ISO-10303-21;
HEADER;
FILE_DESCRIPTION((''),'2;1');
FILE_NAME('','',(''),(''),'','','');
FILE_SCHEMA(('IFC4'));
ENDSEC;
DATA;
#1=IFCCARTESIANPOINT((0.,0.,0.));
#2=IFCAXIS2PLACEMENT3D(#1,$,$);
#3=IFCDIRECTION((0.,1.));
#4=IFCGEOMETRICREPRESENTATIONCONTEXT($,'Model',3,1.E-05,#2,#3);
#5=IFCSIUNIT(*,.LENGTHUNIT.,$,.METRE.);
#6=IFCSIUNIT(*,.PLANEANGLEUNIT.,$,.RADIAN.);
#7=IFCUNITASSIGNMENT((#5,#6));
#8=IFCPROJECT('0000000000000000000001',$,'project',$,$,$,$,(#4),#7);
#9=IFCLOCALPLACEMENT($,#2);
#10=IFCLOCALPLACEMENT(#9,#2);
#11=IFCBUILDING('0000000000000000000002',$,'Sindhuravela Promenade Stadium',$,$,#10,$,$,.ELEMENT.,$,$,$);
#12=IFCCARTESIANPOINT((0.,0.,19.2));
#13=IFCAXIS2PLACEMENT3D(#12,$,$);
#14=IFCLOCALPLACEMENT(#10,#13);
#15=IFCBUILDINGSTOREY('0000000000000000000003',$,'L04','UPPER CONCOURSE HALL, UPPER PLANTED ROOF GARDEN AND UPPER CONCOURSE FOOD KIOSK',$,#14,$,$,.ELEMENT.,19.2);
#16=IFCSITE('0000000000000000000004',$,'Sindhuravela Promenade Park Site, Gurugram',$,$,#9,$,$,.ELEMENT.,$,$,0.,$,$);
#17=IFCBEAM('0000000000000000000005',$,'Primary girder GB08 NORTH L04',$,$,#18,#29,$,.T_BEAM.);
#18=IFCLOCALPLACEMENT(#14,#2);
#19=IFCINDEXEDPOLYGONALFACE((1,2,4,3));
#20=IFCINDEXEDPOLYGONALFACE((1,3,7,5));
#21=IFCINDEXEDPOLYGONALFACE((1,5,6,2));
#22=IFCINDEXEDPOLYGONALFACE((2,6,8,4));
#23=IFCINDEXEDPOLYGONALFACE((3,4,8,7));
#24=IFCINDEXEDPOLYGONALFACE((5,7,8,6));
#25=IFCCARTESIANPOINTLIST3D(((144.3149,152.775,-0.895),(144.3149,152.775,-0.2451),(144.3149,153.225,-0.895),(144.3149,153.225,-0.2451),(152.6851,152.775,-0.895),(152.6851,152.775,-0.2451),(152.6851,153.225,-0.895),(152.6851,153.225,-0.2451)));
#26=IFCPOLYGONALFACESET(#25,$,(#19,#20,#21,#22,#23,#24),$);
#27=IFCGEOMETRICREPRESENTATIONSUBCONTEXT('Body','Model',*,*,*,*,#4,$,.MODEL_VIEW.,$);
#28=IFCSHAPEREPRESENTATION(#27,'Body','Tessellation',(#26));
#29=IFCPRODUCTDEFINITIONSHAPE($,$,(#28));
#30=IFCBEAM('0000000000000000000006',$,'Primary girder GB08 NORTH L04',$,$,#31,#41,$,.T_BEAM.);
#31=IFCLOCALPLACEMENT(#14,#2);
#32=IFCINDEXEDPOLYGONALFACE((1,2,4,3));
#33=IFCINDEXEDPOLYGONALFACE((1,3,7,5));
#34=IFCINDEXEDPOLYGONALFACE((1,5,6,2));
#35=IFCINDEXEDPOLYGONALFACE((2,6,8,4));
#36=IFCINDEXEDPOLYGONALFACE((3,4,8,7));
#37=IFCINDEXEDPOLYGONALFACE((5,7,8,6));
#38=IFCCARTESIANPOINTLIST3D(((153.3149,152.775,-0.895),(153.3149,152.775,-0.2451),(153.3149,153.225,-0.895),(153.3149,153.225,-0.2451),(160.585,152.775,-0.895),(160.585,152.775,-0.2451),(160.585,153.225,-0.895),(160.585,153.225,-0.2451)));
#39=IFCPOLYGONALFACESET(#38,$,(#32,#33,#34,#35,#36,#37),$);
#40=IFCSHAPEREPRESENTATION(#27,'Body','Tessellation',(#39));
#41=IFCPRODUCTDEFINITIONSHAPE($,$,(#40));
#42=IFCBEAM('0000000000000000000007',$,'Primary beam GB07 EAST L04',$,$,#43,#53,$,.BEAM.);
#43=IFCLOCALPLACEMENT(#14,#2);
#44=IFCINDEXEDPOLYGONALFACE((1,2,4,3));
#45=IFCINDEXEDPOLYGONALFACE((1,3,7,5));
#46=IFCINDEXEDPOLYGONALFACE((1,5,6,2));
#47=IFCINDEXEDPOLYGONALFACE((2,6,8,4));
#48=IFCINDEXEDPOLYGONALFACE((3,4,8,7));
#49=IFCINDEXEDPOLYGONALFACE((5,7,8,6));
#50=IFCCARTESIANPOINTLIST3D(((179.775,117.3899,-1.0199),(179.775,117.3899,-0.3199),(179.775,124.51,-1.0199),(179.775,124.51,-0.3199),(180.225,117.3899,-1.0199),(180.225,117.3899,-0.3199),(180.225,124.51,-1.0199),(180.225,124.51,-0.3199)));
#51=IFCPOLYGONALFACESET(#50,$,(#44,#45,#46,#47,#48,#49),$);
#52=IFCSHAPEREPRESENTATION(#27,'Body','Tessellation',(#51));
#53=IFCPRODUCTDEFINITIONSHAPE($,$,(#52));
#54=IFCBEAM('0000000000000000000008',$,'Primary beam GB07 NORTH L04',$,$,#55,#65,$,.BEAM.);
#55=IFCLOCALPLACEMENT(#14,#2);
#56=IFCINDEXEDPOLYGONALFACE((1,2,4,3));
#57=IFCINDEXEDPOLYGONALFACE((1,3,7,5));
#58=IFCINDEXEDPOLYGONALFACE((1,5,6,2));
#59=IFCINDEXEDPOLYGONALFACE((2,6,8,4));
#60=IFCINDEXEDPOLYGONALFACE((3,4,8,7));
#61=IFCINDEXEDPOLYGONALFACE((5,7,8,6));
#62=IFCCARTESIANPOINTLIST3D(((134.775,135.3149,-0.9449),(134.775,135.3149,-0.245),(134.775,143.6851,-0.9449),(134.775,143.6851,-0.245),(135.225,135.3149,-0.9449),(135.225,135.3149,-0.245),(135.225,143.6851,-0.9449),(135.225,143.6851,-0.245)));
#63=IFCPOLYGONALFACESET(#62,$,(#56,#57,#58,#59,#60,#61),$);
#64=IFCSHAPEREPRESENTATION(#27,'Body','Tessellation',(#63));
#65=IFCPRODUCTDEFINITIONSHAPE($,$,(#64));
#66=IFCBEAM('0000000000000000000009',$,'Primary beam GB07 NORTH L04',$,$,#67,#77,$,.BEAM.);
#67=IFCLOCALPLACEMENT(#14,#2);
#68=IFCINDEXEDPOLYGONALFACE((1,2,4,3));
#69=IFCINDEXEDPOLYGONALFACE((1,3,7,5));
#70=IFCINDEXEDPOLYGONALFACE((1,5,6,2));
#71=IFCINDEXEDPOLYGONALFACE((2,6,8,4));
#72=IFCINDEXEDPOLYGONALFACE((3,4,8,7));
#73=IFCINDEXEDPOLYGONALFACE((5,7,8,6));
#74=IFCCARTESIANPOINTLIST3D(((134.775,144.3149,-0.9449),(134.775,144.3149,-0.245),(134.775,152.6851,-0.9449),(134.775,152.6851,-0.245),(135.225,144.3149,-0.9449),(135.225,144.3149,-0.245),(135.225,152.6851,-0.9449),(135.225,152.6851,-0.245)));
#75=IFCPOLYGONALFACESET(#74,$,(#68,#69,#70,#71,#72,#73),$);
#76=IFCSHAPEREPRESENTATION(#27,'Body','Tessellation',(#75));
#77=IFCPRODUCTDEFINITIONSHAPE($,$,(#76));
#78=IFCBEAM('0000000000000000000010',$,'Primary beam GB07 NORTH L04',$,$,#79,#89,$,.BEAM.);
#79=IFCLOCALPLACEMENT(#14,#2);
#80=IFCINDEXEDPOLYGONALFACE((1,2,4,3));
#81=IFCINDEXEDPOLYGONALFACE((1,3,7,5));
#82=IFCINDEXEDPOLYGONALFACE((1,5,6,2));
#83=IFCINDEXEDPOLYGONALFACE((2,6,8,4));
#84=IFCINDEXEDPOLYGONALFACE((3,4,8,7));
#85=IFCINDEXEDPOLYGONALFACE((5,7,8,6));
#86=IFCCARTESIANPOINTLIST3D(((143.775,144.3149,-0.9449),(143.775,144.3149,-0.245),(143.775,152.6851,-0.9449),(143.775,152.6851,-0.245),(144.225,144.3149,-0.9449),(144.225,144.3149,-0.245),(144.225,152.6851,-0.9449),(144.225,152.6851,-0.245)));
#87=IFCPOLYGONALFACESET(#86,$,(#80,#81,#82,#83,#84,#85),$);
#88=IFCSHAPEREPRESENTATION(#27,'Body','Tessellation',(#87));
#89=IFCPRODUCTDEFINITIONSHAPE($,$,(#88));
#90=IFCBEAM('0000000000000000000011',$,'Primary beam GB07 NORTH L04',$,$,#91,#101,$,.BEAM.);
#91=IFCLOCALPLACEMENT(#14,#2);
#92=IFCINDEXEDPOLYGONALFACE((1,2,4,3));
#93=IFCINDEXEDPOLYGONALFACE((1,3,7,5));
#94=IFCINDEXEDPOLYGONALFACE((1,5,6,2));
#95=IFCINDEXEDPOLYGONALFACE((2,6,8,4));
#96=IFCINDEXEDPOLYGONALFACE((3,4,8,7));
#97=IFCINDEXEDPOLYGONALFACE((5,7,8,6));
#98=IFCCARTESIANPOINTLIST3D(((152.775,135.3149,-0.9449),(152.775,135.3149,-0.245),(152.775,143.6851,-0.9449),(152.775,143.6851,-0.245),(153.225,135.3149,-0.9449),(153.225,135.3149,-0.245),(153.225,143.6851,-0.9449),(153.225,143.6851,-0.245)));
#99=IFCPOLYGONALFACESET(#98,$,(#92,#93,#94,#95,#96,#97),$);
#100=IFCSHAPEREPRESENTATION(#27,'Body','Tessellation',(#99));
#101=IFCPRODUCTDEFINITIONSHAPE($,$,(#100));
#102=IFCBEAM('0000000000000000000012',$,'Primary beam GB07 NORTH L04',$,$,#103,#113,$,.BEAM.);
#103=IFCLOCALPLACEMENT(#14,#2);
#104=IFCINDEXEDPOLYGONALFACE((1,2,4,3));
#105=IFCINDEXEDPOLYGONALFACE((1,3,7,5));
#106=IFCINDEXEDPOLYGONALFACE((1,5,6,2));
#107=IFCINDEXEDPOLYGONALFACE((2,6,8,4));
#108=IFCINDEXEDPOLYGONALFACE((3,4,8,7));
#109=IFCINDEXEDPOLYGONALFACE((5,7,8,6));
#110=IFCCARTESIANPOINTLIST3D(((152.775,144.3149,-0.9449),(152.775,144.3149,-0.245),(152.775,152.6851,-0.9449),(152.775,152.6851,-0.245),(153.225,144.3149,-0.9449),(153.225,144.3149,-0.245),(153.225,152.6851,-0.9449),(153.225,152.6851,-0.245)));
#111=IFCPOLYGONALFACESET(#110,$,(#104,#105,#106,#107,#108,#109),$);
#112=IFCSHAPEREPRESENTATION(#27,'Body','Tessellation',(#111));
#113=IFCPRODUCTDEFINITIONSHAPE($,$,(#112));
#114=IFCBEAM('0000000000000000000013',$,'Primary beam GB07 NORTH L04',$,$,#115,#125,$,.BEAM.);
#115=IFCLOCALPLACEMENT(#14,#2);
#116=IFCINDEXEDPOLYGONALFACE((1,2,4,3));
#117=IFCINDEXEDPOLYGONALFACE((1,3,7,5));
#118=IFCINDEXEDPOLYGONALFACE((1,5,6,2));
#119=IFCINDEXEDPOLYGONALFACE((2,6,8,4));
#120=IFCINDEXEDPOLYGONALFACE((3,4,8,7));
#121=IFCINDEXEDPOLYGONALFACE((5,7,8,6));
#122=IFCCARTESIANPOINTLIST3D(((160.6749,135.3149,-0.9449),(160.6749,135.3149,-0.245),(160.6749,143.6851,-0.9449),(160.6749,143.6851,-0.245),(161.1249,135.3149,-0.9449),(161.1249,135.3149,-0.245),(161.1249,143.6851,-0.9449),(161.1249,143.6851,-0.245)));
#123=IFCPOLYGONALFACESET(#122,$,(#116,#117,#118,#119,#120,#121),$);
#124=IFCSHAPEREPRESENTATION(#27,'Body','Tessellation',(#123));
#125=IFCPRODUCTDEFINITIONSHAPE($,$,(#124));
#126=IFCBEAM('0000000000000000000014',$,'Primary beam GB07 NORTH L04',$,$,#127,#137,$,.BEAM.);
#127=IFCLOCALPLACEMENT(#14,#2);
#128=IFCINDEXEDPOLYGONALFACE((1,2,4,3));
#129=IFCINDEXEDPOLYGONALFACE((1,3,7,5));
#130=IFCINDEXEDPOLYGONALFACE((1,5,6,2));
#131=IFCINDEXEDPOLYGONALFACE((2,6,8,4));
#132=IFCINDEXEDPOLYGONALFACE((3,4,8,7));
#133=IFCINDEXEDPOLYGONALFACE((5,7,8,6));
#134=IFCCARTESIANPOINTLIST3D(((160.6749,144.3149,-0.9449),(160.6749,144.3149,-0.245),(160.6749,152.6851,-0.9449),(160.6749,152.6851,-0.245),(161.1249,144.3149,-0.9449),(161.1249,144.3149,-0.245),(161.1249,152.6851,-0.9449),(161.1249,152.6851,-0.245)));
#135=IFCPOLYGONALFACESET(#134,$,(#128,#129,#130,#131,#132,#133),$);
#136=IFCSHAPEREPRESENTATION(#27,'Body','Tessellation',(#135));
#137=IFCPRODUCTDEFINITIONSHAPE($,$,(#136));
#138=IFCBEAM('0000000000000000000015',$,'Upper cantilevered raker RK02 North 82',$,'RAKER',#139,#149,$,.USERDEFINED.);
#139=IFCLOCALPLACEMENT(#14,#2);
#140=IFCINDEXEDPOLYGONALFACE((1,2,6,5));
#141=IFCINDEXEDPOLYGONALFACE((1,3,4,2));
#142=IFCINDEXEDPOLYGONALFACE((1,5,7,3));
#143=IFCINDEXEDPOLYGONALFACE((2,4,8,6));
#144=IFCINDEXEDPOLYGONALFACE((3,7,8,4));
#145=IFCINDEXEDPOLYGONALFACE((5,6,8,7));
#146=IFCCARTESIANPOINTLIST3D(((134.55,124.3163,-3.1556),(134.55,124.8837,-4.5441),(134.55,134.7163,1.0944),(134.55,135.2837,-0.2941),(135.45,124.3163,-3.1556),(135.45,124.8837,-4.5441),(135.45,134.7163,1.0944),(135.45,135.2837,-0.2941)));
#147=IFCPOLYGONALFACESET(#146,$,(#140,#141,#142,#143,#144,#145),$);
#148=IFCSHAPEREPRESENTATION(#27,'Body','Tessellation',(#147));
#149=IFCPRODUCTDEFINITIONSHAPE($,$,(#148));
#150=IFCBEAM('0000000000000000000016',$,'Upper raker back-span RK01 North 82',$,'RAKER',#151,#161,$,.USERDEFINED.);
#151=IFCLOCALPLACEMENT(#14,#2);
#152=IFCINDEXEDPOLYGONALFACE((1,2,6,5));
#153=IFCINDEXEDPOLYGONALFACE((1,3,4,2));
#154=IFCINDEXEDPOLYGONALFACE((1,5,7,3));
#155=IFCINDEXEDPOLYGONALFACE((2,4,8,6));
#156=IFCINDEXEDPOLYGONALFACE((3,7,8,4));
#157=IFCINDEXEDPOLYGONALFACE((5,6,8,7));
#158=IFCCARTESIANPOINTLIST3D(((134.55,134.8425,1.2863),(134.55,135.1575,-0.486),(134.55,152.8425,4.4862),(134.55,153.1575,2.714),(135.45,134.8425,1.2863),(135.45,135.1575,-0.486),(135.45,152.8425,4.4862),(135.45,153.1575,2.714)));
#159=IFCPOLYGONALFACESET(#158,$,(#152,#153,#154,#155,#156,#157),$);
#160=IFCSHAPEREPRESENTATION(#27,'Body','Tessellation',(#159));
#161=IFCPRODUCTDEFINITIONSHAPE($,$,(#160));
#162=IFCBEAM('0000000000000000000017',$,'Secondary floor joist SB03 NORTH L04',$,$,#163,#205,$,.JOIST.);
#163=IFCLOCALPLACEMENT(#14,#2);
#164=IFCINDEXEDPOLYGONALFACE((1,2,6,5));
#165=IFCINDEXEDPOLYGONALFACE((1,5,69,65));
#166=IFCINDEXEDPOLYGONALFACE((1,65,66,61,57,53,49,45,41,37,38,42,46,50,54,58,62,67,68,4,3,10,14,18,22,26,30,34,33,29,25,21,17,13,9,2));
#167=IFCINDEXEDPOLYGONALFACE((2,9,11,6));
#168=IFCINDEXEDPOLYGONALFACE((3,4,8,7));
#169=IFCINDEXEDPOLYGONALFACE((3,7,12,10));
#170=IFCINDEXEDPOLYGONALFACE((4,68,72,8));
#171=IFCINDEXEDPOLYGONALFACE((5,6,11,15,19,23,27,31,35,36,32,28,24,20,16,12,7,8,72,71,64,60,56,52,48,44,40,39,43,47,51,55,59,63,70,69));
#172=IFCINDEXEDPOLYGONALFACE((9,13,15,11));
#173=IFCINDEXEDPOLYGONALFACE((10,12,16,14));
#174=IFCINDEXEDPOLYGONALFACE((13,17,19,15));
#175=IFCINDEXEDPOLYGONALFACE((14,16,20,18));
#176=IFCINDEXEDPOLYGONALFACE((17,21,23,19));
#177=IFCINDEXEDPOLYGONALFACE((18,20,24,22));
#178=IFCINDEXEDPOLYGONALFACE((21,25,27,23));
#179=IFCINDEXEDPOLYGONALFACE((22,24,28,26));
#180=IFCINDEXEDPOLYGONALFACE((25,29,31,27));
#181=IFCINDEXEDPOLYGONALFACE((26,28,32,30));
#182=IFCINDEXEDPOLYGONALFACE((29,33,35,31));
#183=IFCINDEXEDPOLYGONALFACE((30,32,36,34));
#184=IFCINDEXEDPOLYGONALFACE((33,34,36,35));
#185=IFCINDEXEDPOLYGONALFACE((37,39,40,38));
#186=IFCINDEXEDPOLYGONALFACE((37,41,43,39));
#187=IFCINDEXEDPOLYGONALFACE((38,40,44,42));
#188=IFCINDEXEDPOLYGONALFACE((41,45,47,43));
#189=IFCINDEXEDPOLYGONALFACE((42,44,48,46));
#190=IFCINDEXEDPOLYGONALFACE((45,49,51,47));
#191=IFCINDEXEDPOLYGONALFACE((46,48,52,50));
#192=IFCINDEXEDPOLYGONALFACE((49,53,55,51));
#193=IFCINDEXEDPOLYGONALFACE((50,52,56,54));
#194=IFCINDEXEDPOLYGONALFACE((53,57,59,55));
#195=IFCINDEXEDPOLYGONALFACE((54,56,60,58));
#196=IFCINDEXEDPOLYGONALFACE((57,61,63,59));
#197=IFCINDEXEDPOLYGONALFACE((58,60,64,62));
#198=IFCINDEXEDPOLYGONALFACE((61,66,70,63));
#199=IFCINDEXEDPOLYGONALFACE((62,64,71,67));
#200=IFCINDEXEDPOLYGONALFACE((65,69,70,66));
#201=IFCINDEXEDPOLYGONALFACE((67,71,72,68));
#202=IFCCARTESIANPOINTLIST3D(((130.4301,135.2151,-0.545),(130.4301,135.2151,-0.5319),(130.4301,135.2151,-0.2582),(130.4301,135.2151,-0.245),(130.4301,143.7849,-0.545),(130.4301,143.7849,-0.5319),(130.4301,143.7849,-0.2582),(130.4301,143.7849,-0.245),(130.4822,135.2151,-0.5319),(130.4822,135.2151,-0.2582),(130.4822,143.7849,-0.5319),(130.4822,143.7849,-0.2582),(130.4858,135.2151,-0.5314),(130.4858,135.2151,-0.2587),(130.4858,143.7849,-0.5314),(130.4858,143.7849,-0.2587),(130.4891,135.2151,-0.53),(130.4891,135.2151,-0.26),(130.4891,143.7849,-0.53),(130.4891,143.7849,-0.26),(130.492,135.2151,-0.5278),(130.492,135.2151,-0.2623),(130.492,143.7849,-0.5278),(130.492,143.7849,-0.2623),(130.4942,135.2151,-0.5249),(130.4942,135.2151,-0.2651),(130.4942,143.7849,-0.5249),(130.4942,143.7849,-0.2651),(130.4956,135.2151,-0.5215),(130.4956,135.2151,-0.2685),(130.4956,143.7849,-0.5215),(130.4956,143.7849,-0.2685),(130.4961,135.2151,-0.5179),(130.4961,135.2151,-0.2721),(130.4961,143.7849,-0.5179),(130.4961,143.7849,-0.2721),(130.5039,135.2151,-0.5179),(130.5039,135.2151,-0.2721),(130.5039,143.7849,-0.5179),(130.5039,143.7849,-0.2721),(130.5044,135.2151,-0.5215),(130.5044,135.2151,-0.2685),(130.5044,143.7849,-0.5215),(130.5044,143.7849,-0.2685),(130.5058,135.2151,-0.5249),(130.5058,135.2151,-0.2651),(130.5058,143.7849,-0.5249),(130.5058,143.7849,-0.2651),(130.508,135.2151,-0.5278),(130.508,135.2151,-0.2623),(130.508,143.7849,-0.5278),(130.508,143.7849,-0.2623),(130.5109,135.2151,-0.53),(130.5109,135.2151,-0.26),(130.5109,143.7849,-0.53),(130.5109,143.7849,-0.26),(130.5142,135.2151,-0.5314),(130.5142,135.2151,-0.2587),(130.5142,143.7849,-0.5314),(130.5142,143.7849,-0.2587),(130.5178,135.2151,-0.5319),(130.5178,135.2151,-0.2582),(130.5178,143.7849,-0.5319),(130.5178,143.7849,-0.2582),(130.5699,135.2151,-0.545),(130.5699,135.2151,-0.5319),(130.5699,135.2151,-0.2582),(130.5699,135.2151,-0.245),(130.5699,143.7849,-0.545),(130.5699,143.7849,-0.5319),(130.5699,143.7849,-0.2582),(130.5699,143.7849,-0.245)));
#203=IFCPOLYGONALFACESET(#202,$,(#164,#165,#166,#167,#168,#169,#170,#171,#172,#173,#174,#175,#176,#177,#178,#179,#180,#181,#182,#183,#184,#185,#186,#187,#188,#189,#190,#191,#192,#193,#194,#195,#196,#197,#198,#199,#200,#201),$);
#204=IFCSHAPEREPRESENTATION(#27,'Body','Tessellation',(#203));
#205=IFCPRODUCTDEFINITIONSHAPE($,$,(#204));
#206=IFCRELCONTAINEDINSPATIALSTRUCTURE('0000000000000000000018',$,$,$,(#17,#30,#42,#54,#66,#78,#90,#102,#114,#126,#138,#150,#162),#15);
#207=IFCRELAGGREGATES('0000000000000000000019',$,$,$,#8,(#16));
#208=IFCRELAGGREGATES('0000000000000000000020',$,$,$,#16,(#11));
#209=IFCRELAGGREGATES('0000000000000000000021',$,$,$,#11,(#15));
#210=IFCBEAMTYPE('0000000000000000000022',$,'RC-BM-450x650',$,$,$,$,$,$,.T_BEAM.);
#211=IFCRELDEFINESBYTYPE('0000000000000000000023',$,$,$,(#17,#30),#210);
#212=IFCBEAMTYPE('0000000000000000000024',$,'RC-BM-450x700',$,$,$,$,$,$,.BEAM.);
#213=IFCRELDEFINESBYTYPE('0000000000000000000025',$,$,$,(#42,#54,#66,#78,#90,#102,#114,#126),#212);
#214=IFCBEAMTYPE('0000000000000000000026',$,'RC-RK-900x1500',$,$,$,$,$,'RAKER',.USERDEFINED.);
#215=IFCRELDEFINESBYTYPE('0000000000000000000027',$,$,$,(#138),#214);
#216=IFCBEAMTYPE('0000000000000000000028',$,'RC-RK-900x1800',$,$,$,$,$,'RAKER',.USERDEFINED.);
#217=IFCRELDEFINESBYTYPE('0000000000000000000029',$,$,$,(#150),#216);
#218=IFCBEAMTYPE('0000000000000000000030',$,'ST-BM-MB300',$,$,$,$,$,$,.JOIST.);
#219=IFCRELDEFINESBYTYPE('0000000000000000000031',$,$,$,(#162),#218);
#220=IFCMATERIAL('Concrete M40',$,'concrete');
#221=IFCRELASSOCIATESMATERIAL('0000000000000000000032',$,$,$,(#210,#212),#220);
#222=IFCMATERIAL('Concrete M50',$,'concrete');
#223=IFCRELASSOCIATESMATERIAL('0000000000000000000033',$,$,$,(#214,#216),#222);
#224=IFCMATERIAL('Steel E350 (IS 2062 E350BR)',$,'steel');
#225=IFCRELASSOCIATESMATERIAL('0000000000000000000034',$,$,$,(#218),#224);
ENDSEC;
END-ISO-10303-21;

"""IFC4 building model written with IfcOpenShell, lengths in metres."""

from ifc_helpers import new_model, si_unit, direction, frame, origin, origin_2d, place, context, subcontext, project, spatial, rectangle, i_section, extrude, material, material_profile, profile_set, type_object, element, save


model = new_model("IFC4")

# Units and contexts
model_context = context("Model", 3, precision=1e-05, world=origin(), true_north=direction((0.0, 1.0)))
body_context = subcontext(model_context, "Body", "Model", "MODEL_VIEW")
ifc_project = project(units=[si_unit("LENGTHUNIT", "METRE"), si_unit("PLANEANGLEUNIT", "RADIAN")], contexts=[model_context])

# Site, building, storey
site_placement = place(None, origin())
site = spatial("IfcSite", under=ifc_project, at=site_placement, Name="Sindhuravela Promenade Park Site, Gurugram", CompositionType="ELEMENT", RefElevation=0.0)
building_placement = place(site_placement, origin())
building = spatial("IfcBuilding", under=site, at=building_placement, Name="Sindhuravela Promenade Stadium", CompositionType="ELEMENT")
storey_placement = place(building_placement, frame((0.0, 0.0, 19.2)))
storey = spatial("IfcBuildingStorey", under=building, at=storey_placement, Name="L04", Description="UPPER CONCOURSE HALL, UPPER PLANTED ROOF GARDEN AND UPPER CONCOURSE FOOD KIOSK", CompositionType="ELEMENT", Elevation=19.2)

# Shared definitions
ifc_material_1 = material(Name="Concrete M40", Category="concrete")
ifc_material_2 = material(Name="Steel E350 (IS 2062 E350BR)", Category="steel")

# Beams
ifc_material_profile_1 = material_profile(ifc_material_1, rectangle(XDim=0.45, YDim=0.6499, at=origin_2d()), Name="RC 450x650")
ifc_profile_set_1 = profile_set([ifc_material_profile_1], Name="Concrete M40")
beam_type_1 = type_object("IfcBeamType", Name="RC-BM-450x650", PredefinedType="T_BEAM", material=ifc_profile_set_1)
for number, where, z_axis, x_axis, name in (
    (1, (144.3149, 153.0, -0.5701), (1.0, 0.0, 0.0), (0.0, 1.0, 0.0), "Primary girder GB08 NORTH L04"),
):
    element("IfcBeam", number, at=place(storey_placement, frame(where, z_axis=z_axis, x_axis=x_axis)), inside=storey, type_object=beam_type_1, Name=name, PredefinedType="T_BEAM", context=body_context, shape_type="SweptSolid", body=[
        extrude(rectangle(XDim=0.45, YDim=0.6499, at=origin_2d()), origin(), (0.0, 0.0, 1.0), 8.3701),
    ])
beam_1_placement = place(storey_placement, frame((153.3149, 153.0, -0.5701), z_axis=(1.0, 0.0, 0.0), x_axis=(0.0, 1.0, 0.0)))
element("IfcBeam", 2, at=beam_1_placement, inside=storey, type_object=beam_type_1, Name="Primary girder GB08 NORTH L04", PredefinedType="T_BEAM", context=body_context, shape_type="SweptSolid", body=[
    extrude(rectangle(XDim=0.45, YDim=0.6499, at=origin_2d()), origin(), (0.0, 0.0, 1.0), 7.27),
])
ifc_material_profile_2 = material_profile(ifc_material_1, rectangle(XDim=0.45, YDim=0.7, at=origin_2d()), Name="RC 450x700")
ifc_profile_set_2 = profile_set([ifc_material_profile_2], Name="Concrete M40")
beam_type_2 = type_object("IfcBeamType", Name="RC-BM-450x700", PredefinedType="BEAM", material=ifc_profile_set_2)
beam_2_placement = place(storey_placement, frame((180.0, 117.3899, -0.6699), z_axis=(0.0, 1.0, 0.0), x_axis=(-1.0, 0.0, 0.0)))
element("IfcBeam", 3, at=beam_2_placement, inside=storey, type_object=beam_type_2, Name="Primary beam GB07 EAST L04", PredefinedType="BEAM", context=body_context, shape_type="SweptSolid", body=[
    extrude(rectangle(XDim=0.45, YDim=0.7, at=origin_2d()), origin(), (0.0, 0.0, 1.0), 7.1201),
])
for number, where, z_axis, x_axis, name in (
    (4, (135.0, 135.3149, -0.595), (0.0, 1.0, 0.0), (-1.0, 0.0, 0.0), "Primary beam GB07 NORTH L04"),
    (5, (135.0, 144.3149, -0.595), (0.0, 1.0, 0.0), (-1.0, 0.0, 0.0), "Primary beam GB07 NORTH L04"),
    (6, (144.0, 144.3149, -0.595), (0.0, 1.0, 0.0), (-1.0, 0.0, 0.0), "Primary beam GB07 NORTH L04"),
    (7, (153.0, 135.3149, -0.595), (0.0, 1.0, 0.0), (-1.0, 0.0, 0.0), "Primary beam GB07 NORTH L04"),
    (8, (153.0, 144.3149, -0.595), (0.0, 1.0, 0.0), (-1.0, 0.0, 0.0), "Primary beam GB07 NORTH L04"),
    (9, (160.8999, 135.3149, -0.595), (0.0, 1.0, 0.0), (-1.0, 0.0, 0.0), "Primary beam GB07 NORTH L04"),
    (10, (160.8999, 144.3149, -0.595), (0.0, 1.0, 0.0), (-1.0, 0.0, 0.0), "Primary beam GB07 NORTH L04"),
):
    element("IfcBeam", number, at=place(storey_placement, frame(where, z_axis=z_axis, x_axis=x_axis)), inside=storey, type_object=beam_type_2, Name=name, PredefinedType="BEAM", context=body_context, shape_type="SweptSolid", body=[
        extrude(rectangle(XDim=0.45, YDim=0.7, at=origin_2d()), origin(), (0.0, 0.0, 1.0), 8.3701),
    ])
ifc_material_3 = material(Name="Concrete M50", Category="concrete")
ifc_material_profile_3 = material_profile(ifc_material_3, rectangle(XDim=0.8999, YDim=1.5, at=origin_2d()), Name="RC 900x1500")
ifc_profile_set_3 = profile_set([ifc_material_profile_3], Name="Concrete M50")
beam_type_3 = type_object("IfcBeamType", Name="RC-RK-900x1500", ElementType="RAKER", PredefinedType="USERDEFINED", material=ifc_profile_set_3)
beam_3_placement = place(storey_placement, frame((135.0, 135.0, 0.4001), z_axis=(0.0, -0.925687, -0.378289), x_axis=(1.0, 0.0, 0.0)))
element("IfcBeam", 11, at=beam_3_placement, inside=storey, type_object=beam_type_3, Name="Upper cantilevered raker RK02 North 82", ObjectType="RAKER", PredefinedType="USERDEFINED", context=body_context, shape_type="SweptSolid", body=[
    extrude(rectangle(XDim=0.8999, YDim=1.5, at=origin_2d()), origin(), (0.0, 0.0, 1.0), 11.2349),
])
ifc_material_profile_4 = material_profile(ifc_material_3, rectangle(XDim=0.8999, YDim=1.8, at=origin_2d()), Name="RC 900x1800")
ifc_profile_set_4 = profile_set([ifc_material_profile_4], Name="Concrete M50")
beam_type_4 = type_object("IfcBeamType", Name="RC-RK-900x1800", ElementType="RAKER", PredefinedType="USERDEFINED", material=ifc_profile_set_4)
beam_4_placement = place(storey_placement, frame((135.0, 153.0, 3.6001), z_axis=(0.0, -0.984563, -0.175031), x_axis=(1.0, 0.0, 0.0)))
element("IfcBeam", 12, at=beam_4_placement, inside=storey, type_object=beam_type_4, Name="Upper raker back-span RK01 North 82", ObjectType="RAKER", PredefinedType="USERDEFINED", context=body_context, shape_type="SweptSolid", body=[
    extrude(rectangle(XDim=0.8999, YDim=1.8, at=origin_2d()), origin(), (0.0, 0.0, 1.0), 18.2822),
])
ifc_material_profile_5 = material_profile(ifc_material_2, i_section(OverallWidth=0.1399, OverallDepth=0.3, WebThickness=0.0078, FlangeThickness=0.0132, FilletRadius=0.0139, at=origin_2d()), Name="ISMB 300")
ifc_profile_set_5 = profile_set([ifc_material_profile_5], Name="Steel E350 (IS 2062 E350BR)")
beam_type_5 = type_object("IfcBeamType", Name="ST-BM-MB300", PredefinedType="JOIST", material=ifc_profile_set_5)
beam_5_placement = place(storey_placement, frame((130.5, 135.2151, -0.395), z_axis=(0.0, 1.0, 0.0), x_axis=(-1.0, 0.0, 0.0)))
element("IfcBeam", 13, at=beam_5_placement, inside=storey, type_object=beam_type_5, Name="Secondary floor joist SB03 NORTH L04", PredefinedType="JOIST", context=body_context, shape_type="SweptSolid", body=[
    extrude(i_section(OverallWidth=0.1399, OverallDepth=0.3, WebThickness=0.0078, FlangeThickness=0.0132, FilletRadius=0.0139, at=origin_2d()), origin(), (0.0, 0.0, 1.0), 8.5698),
])

save(model, "model.ifc")
